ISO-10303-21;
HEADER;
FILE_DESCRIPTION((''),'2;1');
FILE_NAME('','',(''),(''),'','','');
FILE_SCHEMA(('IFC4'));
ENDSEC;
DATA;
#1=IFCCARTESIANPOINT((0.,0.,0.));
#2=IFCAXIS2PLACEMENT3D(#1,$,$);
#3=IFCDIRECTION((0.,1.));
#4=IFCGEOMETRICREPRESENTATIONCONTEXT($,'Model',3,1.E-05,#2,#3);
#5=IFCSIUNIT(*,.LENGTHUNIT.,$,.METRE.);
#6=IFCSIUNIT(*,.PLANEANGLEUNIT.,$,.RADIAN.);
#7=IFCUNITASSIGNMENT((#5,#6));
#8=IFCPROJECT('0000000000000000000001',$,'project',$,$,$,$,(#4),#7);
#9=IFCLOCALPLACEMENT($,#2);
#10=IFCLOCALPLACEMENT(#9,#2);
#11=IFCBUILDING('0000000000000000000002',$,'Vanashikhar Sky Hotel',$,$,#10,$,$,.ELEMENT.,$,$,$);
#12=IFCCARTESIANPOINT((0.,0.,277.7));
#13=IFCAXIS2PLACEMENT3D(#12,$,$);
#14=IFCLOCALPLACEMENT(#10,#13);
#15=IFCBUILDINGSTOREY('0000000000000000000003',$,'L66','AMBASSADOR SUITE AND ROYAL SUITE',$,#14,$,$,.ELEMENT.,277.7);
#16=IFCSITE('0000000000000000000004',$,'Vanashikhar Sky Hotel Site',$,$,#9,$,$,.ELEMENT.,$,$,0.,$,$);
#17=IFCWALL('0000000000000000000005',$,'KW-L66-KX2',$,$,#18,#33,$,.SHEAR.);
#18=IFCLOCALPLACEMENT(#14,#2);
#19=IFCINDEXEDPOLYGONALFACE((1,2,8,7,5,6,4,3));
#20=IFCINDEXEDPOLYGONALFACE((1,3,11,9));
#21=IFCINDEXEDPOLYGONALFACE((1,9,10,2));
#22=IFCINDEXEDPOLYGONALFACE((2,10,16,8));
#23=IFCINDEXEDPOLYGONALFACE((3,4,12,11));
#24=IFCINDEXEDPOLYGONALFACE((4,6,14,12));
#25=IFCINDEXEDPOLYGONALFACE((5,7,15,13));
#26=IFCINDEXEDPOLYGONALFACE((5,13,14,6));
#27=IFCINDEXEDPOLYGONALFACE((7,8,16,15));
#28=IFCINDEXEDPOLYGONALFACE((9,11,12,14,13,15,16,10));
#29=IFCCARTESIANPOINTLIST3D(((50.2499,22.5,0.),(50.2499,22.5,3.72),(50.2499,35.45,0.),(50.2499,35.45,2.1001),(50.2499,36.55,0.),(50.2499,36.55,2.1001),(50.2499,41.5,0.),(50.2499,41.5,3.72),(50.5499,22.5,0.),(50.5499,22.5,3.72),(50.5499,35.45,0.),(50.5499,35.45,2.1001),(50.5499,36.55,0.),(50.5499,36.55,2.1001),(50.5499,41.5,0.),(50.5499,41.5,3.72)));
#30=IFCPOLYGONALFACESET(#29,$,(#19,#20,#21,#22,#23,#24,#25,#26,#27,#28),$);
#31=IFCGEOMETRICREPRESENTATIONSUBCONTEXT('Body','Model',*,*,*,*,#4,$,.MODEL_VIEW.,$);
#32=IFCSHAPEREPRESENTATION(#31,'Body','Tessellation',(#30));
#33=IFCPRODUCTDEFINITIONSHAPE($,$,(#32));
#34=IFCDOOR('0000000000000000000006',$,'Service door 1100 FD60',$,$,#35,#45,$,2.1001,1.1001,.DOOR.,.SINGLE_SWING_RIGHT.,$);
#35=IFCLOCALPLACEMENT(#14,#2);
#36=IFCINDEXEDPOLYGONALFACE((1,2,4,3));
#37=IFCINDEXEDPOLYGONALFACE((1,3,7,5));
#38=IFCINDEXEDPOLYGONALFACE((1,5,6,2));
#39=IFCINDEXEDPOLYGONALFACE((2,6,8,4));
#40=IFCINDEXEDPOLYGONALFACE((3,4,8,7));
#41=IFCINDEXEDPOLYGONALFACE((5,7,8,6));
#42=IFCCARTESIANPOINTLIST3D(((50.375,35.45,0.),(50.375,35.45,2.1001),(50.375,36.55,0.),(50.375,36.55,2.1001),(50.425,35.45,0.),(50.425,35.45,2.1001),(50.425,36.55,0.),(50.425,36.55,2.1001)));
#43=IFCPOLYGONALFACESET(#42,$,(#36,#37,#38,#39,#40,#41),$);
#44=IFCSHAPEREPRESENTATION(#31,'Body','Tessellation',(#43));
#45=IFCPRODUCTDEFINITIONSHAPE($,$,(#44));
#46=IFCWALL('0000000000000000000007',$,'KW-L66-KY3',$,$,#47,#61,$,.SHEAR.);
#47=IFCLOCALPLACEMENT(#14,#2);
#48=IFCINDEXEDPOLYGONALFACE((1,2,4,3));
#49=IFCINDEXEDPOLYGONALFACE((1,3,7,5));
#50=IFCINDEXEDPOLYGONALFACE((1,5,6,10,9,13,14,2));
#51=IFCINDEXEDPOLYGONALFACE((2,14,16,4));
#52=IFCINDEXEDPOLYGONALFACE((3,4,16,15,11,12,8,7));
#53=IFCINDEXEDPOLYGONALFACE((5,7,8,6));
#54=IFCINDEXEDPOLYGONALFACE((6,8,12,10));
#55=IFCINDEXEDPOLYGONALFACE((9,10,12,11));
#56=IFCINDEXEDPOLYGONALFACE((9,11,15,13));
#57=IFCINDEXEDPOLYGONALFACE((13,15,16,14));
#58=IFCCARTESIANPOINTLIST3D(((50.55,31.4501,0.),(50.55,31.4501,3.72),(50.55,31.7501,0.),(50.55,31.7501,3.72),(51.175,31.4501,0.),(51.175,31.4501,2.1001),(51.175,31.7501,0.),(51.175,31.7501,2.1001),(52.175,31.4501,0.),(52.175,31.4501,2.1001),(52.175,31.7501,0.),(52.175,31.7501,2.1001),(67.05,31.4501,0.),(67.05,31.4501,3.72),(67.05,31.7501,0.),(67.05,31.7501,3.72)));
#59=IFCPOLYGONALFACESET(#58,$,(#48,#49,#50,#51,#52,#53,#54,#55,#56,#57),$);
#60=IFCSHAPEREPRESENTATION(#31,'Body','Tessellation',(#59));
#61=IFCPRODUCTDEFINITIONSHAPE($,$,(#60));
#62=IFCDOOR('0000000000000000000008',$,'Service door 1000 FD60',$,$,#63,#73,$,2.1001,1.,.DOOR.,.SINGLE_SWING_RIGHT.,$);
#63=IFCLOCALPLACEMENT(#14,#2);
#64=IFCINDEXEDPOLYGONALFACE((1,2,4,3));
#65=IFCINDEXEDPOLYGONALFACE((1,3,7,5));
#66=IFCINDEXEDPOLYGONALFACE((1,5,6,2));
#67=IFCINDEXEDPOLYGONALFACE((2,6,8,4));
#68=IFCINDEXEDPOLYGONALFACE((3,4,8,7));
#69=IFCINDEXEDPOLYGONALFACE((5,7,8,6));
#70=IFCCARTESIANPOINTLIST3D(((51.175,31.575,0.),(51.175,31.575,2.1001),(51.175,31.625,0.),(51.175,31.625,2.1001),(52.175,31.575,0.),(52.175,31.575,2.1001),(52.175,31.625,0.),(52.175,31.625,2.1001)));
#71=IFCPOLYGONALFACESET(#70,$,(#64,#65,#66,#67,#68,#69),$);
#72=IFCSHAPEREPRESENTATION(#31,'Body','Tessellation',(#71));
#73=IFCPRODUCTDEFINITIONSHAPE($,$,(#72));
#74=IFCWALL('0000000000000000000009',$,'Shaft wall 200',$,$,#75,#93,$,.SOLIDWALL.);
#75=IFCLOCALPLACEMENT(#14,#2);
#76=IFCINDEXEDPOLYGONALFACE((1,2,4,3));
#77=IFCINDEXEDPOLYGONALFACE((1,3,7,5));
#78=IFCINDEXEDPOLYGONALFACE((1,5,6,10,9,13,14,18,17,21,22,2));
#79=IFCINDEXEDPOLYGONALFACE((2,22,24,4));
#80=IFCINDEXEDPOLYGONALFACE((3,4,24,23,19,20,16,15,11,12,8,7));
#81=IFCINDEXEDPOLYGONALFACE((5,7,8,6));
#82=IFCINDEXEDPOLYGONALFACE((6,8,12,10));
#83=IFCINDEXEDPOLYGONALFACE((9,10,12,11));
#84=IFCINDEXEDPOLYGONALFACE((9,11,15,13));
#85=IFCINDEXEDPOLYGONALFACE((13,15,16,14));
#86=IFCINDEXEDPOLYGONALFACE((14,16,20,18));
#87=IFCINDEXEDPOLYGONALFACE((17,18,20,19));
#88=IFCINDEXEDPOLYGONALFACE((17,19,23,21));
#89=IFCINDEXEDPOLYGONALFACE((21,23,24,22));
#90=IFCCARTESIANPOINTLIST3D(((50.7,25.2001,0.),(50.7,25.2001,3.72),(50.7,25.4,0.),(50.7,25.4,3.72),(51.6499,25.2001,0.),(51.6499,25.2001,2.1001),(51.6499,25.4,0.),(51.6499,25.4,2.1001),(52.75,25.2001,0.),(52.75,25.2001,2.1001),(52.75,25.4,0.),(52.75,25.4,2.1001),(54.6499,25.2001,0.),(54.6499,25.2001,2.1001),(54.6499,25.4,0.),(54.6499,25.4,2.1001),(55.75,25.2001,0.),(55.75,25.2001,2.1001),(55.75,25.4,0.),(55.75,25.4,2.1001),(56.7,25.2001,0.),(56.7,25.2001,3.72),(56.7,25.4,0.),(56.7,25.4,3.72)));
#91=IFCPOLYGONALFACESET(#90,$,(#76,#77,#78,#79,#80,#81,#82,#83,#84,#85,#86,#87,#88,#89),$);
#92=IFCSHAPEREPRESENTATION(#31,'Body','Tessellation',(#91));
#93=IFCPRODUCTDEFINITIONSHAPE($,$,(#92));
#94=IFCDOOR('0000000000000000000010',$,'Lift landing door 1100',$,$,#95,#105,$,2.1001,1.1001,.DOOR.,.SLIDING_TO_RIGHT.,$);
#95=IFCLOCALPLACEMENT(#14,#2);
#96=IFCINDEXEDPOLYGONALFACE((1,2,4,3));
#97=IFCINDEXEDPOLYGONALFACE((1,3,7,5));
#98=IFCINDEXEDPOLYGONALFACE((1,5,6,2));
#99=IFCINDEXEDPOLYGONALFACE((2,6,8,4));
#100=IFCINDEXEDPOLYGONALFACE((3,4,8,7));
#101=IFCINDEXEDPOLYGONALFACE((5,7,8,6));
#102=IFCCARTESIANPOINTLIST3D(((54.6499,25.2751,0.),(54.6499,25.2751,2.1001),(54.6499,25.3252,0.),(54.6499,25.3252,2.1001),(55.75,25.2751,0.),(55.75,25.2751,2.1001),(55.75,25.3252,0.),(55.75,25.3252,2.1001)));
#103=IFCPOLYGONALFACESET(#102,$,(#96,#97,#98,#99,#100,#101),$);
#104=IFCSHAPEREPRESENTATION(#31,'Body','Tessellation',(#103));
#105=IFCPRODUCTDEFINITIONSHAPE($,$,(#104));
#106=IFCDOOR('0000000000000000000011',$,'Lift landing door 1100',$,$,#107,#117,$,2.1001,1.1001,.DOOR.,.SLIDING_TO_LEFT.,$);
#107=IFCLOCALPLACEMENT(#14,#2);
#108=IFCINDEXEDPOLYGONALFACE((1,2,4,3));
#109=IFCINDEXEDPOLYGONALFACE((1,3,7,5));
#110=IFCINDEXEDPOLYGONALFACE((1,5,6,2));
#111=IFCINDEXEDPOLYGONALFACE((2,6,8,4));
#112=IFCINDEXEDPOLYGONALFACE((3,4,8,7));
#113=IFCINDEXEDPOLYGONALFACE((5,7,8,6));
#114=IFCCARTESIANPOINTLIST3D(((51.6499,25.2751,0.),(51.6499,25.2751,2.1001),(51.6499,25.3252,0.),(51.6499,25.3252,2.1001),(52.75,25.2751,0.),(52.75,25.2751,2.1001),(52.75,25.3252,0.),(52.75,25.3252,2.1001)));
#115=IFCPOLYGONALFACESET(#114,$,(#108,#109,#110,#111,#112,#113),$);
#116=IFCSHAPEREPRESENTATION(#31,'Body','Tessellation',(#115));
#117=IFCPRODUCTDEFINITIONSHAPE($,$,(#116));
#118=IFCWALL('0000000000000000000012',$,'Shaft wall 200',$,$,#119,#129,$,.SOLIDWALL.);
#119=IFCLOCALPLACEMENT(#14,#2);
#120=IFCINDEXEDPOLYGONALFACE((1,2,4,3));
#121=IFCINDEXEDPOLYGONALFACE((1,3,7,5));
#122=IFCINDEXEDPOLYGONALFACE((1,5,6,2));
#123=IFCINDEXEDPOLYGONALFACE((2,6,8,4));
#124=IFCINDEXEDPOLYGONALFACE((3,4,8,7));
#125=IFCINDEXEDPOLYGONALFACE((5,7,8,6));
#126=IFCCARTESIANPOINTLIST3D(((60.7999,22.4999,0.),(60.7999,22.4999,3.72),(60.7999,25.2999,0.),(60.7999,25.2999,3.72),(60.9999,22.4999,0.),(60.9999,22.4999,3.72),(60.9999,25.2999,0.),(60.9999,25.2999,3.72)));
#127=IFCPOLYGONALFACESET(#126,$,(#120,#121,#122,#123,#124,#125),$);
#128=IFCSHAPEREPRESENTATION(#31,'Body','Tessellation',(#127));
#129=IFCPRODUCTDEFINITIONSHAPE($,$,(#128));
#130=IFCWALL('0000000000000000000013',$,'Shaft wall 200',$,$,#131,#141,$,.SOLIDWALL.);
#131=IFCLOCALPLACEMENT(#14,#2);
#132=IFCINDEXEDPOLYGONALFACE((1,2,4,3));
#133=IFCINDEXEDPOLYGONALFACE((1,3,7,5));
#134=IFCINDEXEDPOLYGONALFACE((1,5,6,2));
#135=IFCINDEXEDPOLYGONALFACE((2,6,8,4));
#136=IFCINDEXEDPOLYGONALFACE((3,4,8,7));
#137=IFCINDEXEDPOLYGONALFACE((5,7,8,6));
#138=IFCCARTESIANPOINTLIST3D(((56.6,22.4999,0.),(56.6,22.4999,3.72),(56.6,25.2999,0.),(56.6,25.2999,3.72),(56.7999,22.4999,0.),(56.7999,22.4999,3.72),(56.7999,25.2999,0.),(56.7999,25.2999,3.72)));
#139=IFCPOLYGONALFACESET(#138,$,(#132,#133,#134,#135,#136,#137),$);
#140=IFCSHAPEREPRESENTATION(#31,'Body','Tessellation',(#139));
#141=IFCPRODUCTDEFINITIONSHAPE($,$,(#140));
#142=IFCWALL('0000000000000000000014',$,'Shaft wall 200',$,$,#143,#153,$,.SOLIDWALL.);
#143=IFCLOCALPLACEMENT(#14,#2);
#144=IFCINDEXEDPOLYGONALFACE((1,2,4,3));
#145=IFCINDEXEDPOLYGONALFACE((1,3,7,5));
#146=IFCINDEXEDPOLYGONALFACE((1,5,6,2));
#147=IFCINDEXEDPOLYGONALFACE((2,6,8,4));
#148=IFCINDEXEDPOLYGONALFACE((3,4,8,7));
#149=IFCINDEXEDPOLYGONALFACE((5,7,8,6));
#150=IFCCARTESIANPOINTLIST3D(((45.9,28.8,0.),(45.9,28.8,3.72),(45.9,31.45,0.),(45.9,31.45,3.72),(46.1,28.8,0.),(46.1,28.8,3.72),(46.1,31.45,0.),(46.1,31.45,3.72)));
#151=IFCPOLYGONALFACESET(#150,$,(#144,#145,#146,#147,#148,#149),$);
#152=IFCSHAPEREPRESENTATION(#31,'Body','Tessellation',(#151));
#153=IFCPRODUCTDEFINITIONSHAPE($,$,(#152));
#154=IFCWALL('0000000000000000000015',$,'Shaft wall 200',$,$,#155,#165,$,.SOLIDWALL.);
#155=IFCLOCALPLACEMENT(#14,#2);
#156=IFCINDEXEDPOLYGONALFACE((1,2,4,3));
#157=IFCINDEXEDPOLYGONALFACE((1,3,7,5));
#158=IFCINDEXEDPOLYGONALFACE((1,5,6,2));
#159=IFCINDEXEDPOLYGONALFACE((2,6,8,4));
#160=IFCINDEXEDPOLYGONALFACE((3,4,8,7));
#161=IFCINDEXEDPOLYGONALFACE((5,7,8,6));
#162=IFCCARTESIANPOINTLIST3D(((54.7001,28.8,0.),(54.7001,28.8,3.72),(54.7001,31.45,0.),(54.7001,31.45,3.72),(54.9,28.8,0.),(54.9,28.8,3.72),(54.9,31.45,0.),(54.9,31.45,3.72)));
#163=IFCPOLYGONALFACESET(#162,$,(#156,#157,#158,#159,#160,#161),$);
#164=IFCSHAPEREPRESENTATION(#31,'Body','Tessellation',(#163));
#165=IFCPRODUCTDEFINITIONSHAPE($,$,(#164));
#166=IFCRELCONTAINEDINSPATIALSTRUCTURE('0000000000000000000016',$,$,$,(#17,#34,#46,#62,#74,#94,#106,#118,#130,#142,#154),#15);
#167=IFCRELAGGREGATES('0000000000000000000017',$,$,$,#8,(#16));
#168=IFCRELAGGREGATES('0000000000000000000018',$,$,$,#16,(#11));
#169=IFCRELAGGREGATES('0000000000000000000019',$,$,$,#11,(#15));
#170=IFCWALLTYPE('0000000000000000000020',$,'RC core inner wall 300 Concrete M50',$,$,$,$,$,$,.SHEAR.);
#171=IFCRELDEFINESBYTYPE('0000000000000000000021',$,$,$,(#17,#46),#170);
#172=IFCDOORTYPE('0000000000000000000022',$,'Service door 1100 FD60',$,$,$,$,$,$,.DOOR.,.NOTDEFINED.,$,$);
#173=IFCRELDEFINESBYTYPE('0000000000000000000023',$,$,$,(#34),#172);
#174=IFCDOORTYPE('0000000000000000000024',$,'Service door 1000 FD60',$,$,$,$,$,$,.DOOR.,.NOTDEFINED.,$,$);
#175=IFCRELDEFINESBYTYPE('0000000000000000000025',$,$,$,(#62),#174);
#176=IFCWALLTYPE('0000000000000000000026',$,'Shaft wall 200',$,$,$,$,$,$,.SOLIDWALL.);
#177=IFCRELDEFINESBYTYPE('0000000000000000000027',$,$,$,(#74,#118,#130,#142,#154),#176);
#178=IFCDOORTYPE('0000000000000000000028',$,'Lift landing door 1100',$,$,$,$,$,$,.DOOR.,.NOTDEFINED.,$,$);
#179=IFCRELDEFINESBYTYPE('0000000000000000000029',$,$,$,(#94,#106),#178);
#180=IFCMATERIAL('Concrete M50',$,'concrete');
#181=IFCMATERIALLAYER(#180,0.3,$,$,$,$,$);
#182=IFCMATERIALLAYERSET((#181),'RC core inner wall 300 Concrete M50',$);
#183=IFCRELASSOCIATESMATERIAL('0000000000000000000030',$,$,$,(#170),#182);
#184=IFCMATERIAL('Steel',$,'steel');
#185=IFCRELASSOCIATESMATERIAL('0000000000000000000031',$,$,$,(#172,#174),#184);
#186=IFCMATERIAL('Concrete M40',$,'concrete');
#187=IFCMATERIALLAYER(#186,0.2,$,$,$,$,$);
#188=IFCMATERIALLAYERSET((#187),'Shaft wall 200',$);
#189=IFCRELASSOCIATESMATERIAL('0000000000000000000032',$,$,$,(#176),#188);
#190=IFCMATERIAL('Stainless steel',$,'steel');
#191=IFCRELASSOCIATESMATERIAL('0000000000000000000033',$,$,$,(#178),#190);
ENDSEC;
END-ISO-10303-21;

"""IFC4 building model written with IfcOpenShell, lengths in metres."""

from ifc_helpers import new_model, si_unit, direction, frame, frame_2d, origin, place, context, subcontext, project, spatial, rectangle, extrude, source, transform, mapped, material, layer, layer_set, type_object, element, fill, save


model = new_model("IFC4")

# Units and contexts
model_context = context("Model", 3, precision=1e-05, world=origin(), true_north=direction((0.0, 1.0)))
body_context = subcontext(model_context, "Body", "Model", "MODEL_VIEW")
ifc_project = project(units=[si_unit("LENGTHUNIT", "METRE"), si_unit("PLANEANGLEUNIT", "RADIAN")], contexts=[model_context])

# Site, building, storey
site_placement = place(None, origin())
site = spatial("IfcSite", under=ifc_project, at=site_placement, Name="Vanashikhar Sky Hotel Site", CompositionType="ELEMENT", RefElevation=0.0)
building_placement = place(site_placement, origin())
building = spatial("IfcBuilding", under=site, at=building_placement, Name="Vanashikhar Sky Hotel", CompositionType="ELEMENT")
storey_placement = place(building_placement, frame((0.0, 0.0, 277.7)))
storey = spatial("IfcBuildingStorey", under=building, at=storey_placement, Name="L66", Description="AMBASSADOR SUITE AND ROYAL SUITE", CompositionType="ELEMENT", Elevation=277.7)

# Walls, openings, doors
ifc_material_1 = material(Name="Concrete M50", Category="concrete")
ifc_layer_1 = layer(ifc_material_1, 0.3)
ifc_layer_set_1 = layer_set([ifc_layer_1], Name="RC core inner wall 300 Concrete M50")
wall_type_1 = type_object("IfcWallType", Name="RC core inner wall 300 Concrete M50", PredefinedType="SHEAR", material=ifc_layer_set_1)
shared_shape_1 = source(origin(), body_context, "Body", "SweptSolid", [
    extrude(rectangle(XDim=19.0, YDim=0.3, at=frame_2d((9.5, 0.0))), origin(), (0.0, 0.0, 1.0), 3.72),
])
wall_1_placement = place(storey_placement, frame((50.3999, 22.5, 0.0), z_axis=(0.0, 0.0, 1.0), x_axis=(0.0, 1.0, 0.0)))
wall_1 = element("IfcWall", 1, at=wall_1_placement, inside=storey, type_object=wall_type_1, Name="KW-L66-KX2", PredefinedType="SHEAR", context=body_context, shape_type="MappedRepresentation", body=[
    mapped(shared_shape_1, transform((0.0, 0.0, 0.0), scale=1.0)),
])
shared_shape_2 = source(origin(), body_context, "Body", "SweptSolid", [
    extrude(rectangle(XDim=1.1001, YDim=2.1001, at=frame_2d((0.55, 1.05))), frame((0.0, 0.1602, 0.0), z_axis=(0.0, -1.0, 0.0), x_axis=(1.0, 0.0, 0.0)), (0.0, 0.0, 1.0), 0.3201),
])
opening_1_placement = place(wall_1_placement, frame((12.95, 0.0, 0.0)))
opening_1 = element("IfcOpeningElement", 2, at=opening_1_placement, cuts=wall_1, PredefinedType="OPENING", context=body_context, shape_type="MappedRepresentation", body=[
    mapped(shared_shape_2, transform((0.0, 0.0, 0.0), scale=1.0)),
])
ifc_material_2 = material(Name="Steel", Category="steel")
door_type_1 = type_object("IfcDoorType", Name="Service door 1100 FD60", OperationType="NOTDEFINED", PredefinedType="DOOR", material=ifc_material_2)
shared_shape_3 = source(origin(), body_context, "Body", "SweptSolid", [
    extrude(rectangle(XDim=1.1001, YDim=2.1001, at=frame_2d((0.55, 1.05))), frame((0.0, 0.0249, 0.0), z_axis=(0.0, -1.0, 0.0), x_axis=(1.0, 0.0, 0.0)), (0.0, 0.0, 1.0), 0.05),
])
door_1_placement = place(opening_1_placement, origin())
door_1 = element("IfcDoor", 3, at=door_1_placement, inside=storey, type_object=door_type_1, Name="Service door 1100 FD60", OperationType="SINGLE_SWING_RIGHT", OverallHeight=2.1001, OverallWidth=1.1001, PredefinedType="DOOR", context=body_context, shape_type="MappedRepresentation", body=[
    mapped(shared_shape_3, transform((0.0, 0.0, 0.0), scale=1.0)),
])
fill(opening_1, door_1)
shared_shape_4 = source(origin(), body_context, "Body", "SweptSolid", [
    extrude(rectangle(XDim=16.5, YDim=0.3, at=frame_2d((8.25, 0.0))), origin(), (0.0, 0.0, 1.0), 3.72),
])
wall_2_placement = place(storey_placement, frame((50.55, 31.6001, 0.0), z_axis=(0.0, 0.0, 1.0), x_axis=(1.0, 0.0, 0.0)))
wall_2 = element("IfcWall", 4, at=wall_2_placement, inside=storey, type_object=wall_type_1, Name="KW-L66-KY3", PredefinedType="SHEAR", context=body_context, shape_type="MappedRepresentation", body=[
    mapped(shared_shape_4, transform((0.0, 0.0, 0.0), scale=1.0)),
])
shared_shape_5 = source(origin(), body_context, "Body", "SweptSolid", [
    extrude(rectangle(XDim=1.0, YDim=2.1001, at=frame_2d((0.5, 1.05))), frame((0.0, 0.1602, 0.0), z_axis=(0.0, -1.0, 0.0), x_axis=(1.0, 0.0, 0.0)), (0.0, 0.0, 1.0), 0.3201),
])
opening_2_placement = place(wall_2_placement, frame((0.625, 0.0, 0.0)))
opening_2 = element("IfcOpeningElement", 5, at=opening_2_placement, cuts=wall_2, PredefinedType="OPENING", context=body_context, shape_type="MappedRepresentation", body=[
    mapped(shared_shape_5, transform((0.0, 0.0, 0.0), scale=1.0)),
])
door_type_2 = type_object("IfcDoorType", Name="Service door 1000 FD60", OperationType="NOTDEFINED", PredefinedType="DOOR", material=ifc_material_2)
shared_shape_6 = source(origin(), body_context, "Body", "SweptSolid", [
    extrude(rectangle(XDim=1.0, YDim=2.1001, at=frame_2d((0.5, 1.05))), frame((0.0, 0.0249, 0.0), z_axis=(0.0, -1.0, 0.0), x_axis=(1.0, 0.0, 0.0)), (0.0, 0.0, 1.0), 0.05),
])
door_2_placement = place(opening_2_placement, origin())
door_2 = element("IfcDoor", 6, at=door_2_placement, inside=storey, type_object=door_type_2, Name="Service door 1000 FD60", OperationType="SINGLE_SWING_RIGHT", OverallHeight=2.1001, OverallWidth=1.0, PredefinedType="DOOR", context=body_context, shape_type="MappedRepresentation", body=[
    mapped(shared_shape_6, transform((0.0, 0.0, 0.0), scale=1.0)),
])
fill(opening_2, door_2)

# Wall, openings, doors
ifc_material_3 = material(Name="Concrete M40", Category="concrete")
ifc_layer_2 = layer(ifc_material_3, 0.2)
ifc_layer_set_2 = layer_set([ifc_layer_2], Name="Shaft wall 200")
wall_type_2 = type_object("IfcWallType", Name="Shaft wall 200", PredefinedType="SOLIDWALL", material=ifc_layer_set_2)
shared_shape_7 = source(origin(), body_context, "Body", "SweptSolid", [
    extrude(rectangle(XDim=6.0, YDim=0.2, at=frame_2d((3.0, 0.0))), origin(), (0.0, 0.0, 1.0), 3.72),
])
wall_3_placement = place(storey_placement, frame((56.7, 25.3, 0.0), z_axis=(0.0, 0.0, 1.0), x_axis=(-1.0, 0.0, 0.0)))
wall_3 = element("IfcWall", 7, at=wall_3_placement, inside=storey, type_object=wall_type_2, Name="Shaft wall 200", PredefinedType="SOLIDWALL", context=body_context, shape_type="MappedRepresentation", body=[
    mapped(shared_shape_7, transform((0.0, 0.0, 0.0), scale=1.0)),
])
shared_shape_8 = source(origin(), body_context, "Body", "SweptSolid", [
    extrude(rectangle(XDim=1.1001, YDim=2.1001, at=frame_2d((0.55, 1.05))), frame((0.0, 0.1099, 0.0), z_axis=(0.0, -1.0, 0.0), x_axis=(1.0, 0.0, 0.0)), (0.0, 0.0, 1.0), 0.22),
])
opening_3_placement = place(wall_3_placement, frame((0.95, 0.0, 0.0)))
opening_3 = element("IfcOpeningElement", 8, at=opening_3_placement, cuts=wall_3, PredefinedType="OPENING", context=body_context, shape_type="MappedRepresentation", body=[
    mapped(shared_shape_8, transform((0.0, 0.0, 0.0), scale=1.0)),
])
opening_4_placement = place(wall_3_placement, frame((3.95, 0.0, 0.0)))
opening_4 = element("IfcOpeningElement", 9, at=opening_4_placement, cuts=wall_3, PredefinedType="OPENING", context=body_context, shape_type="MappedRepresentation", body=[
    mapped(shared_shape_8, transform((0.0, 0.0, 0.0), scale=1.0)),
])
ifc_material_4 = material(Name="Stainless steel", Category="steel")
door_type_3 = type_object("IfcDoorType", Name="Lift landing door 1100", OperationType="NOTDEFINED", PredefinedType="DOOR", material=ifc_material_4)
door_3_placement = place(opening_3_placement, origin())
door_3 = element("IfcDoor", 10, at=door_3_placement, inside=storey, type_object=door_type_3, Name="Lift landing door 1100", OperationType="SLIDING_TO_RIGHT", OverallHeight=2.1001, OverallWidth=1.1001, PredefinedType="DOOR", context=body_context, shape_type="MappedRepresentation", body=[
    mapped(shared_shape_3, transform((0.0, 0.0, 0.0), scale=1.0)),
])
fill(opening_3, door_3)
door_4_placement = place(opening_4_placement, origin())
door_4 = element("IfcDoor", 11, at=door_4_placement, inside=storey, type_object=door_type_3, Name="Lift landing door 1100", OperationType="SLIDING_TO_LEFT", OverallHeight=2.1001, OverallWidth=1.1001, PredefinedType="DOOR", context=body_context, shape_type="MappedRepresentation", body=[
    mapped(shared_shape_3, transform((0.0, 0.0, 0.0), scale=1.0)),
])
fill(opening_4, door_4)

# Walls
shared_shape_9 = source(origin(), body_context, "Body", "SweptSolid", [
    extrude(rectangle(XDim=2.8, YDim=0.2, at=frame_2d((1.3999, 0.0))), origin(), (0.0, 0.0, 1.0), 3.72),
])
for number, where, z_axis, x_axis, name in (
    (12, (60.8999, 22.5, 0.0), (0.0, 0.0, 1.0), (0.0, 1.0, 0.0), "Shaft wall 200"),
    (13, (56.7, 22.5, 0.0), (0.0, 0.0, 1.0), (0.0, 1.0, 0.0), "Shaft wall 200"),
):
    element("IfcWall", number, at=place(storey_placement, frame(where, z_axis=z_axis, x_axis=x_axis)), inside=storey, type_object=wall_type_2, Name=name, PredefinedType="SOLIDWALL", context=body_context, shape_type="MappedRepresentation", body=[
        mapped(shared_shape_9, transform((0.0, 0.0, 0.0), scale=1.0)),
    ])
shared_shape_10 = source(origin(), body_context, "Body", "SweptSolid", [
    extrude(rectangle(XDim=2.6499, YDim=0.2, at=frame_2d((1.325, 0.0))), origin(), (0.0, 0.0, 1.0), 3.72),
])
for number, where, z_axis, x_axis, name in (
    (14, (46.0, 28.8, 0.0), (0.0, 0.0, 1.0), (0.0, 1.0, 0.0), "Shaft wall 200"),
    (15, (54.8, 28.8, 0.0), (0.0, 0.0, 1.0), (0.0, 1.0, 0.0), "Shaft wall 200"),
):
    element("IfcWall", number, at=place(storey_placement, frame(where, z_axis=z_axis, x_axis=x_axis)), inside=storey, type_object=wall_type_2, Name=name, PredefinedType="SOLIDWALL", context=body_context, shape_type="MappedRepresentation", body=[
        mapped(shared_shape_10, transform((0.0, 0.0, 0.0), scale=1.0)),
    ])

save(model, "model.ifc")
